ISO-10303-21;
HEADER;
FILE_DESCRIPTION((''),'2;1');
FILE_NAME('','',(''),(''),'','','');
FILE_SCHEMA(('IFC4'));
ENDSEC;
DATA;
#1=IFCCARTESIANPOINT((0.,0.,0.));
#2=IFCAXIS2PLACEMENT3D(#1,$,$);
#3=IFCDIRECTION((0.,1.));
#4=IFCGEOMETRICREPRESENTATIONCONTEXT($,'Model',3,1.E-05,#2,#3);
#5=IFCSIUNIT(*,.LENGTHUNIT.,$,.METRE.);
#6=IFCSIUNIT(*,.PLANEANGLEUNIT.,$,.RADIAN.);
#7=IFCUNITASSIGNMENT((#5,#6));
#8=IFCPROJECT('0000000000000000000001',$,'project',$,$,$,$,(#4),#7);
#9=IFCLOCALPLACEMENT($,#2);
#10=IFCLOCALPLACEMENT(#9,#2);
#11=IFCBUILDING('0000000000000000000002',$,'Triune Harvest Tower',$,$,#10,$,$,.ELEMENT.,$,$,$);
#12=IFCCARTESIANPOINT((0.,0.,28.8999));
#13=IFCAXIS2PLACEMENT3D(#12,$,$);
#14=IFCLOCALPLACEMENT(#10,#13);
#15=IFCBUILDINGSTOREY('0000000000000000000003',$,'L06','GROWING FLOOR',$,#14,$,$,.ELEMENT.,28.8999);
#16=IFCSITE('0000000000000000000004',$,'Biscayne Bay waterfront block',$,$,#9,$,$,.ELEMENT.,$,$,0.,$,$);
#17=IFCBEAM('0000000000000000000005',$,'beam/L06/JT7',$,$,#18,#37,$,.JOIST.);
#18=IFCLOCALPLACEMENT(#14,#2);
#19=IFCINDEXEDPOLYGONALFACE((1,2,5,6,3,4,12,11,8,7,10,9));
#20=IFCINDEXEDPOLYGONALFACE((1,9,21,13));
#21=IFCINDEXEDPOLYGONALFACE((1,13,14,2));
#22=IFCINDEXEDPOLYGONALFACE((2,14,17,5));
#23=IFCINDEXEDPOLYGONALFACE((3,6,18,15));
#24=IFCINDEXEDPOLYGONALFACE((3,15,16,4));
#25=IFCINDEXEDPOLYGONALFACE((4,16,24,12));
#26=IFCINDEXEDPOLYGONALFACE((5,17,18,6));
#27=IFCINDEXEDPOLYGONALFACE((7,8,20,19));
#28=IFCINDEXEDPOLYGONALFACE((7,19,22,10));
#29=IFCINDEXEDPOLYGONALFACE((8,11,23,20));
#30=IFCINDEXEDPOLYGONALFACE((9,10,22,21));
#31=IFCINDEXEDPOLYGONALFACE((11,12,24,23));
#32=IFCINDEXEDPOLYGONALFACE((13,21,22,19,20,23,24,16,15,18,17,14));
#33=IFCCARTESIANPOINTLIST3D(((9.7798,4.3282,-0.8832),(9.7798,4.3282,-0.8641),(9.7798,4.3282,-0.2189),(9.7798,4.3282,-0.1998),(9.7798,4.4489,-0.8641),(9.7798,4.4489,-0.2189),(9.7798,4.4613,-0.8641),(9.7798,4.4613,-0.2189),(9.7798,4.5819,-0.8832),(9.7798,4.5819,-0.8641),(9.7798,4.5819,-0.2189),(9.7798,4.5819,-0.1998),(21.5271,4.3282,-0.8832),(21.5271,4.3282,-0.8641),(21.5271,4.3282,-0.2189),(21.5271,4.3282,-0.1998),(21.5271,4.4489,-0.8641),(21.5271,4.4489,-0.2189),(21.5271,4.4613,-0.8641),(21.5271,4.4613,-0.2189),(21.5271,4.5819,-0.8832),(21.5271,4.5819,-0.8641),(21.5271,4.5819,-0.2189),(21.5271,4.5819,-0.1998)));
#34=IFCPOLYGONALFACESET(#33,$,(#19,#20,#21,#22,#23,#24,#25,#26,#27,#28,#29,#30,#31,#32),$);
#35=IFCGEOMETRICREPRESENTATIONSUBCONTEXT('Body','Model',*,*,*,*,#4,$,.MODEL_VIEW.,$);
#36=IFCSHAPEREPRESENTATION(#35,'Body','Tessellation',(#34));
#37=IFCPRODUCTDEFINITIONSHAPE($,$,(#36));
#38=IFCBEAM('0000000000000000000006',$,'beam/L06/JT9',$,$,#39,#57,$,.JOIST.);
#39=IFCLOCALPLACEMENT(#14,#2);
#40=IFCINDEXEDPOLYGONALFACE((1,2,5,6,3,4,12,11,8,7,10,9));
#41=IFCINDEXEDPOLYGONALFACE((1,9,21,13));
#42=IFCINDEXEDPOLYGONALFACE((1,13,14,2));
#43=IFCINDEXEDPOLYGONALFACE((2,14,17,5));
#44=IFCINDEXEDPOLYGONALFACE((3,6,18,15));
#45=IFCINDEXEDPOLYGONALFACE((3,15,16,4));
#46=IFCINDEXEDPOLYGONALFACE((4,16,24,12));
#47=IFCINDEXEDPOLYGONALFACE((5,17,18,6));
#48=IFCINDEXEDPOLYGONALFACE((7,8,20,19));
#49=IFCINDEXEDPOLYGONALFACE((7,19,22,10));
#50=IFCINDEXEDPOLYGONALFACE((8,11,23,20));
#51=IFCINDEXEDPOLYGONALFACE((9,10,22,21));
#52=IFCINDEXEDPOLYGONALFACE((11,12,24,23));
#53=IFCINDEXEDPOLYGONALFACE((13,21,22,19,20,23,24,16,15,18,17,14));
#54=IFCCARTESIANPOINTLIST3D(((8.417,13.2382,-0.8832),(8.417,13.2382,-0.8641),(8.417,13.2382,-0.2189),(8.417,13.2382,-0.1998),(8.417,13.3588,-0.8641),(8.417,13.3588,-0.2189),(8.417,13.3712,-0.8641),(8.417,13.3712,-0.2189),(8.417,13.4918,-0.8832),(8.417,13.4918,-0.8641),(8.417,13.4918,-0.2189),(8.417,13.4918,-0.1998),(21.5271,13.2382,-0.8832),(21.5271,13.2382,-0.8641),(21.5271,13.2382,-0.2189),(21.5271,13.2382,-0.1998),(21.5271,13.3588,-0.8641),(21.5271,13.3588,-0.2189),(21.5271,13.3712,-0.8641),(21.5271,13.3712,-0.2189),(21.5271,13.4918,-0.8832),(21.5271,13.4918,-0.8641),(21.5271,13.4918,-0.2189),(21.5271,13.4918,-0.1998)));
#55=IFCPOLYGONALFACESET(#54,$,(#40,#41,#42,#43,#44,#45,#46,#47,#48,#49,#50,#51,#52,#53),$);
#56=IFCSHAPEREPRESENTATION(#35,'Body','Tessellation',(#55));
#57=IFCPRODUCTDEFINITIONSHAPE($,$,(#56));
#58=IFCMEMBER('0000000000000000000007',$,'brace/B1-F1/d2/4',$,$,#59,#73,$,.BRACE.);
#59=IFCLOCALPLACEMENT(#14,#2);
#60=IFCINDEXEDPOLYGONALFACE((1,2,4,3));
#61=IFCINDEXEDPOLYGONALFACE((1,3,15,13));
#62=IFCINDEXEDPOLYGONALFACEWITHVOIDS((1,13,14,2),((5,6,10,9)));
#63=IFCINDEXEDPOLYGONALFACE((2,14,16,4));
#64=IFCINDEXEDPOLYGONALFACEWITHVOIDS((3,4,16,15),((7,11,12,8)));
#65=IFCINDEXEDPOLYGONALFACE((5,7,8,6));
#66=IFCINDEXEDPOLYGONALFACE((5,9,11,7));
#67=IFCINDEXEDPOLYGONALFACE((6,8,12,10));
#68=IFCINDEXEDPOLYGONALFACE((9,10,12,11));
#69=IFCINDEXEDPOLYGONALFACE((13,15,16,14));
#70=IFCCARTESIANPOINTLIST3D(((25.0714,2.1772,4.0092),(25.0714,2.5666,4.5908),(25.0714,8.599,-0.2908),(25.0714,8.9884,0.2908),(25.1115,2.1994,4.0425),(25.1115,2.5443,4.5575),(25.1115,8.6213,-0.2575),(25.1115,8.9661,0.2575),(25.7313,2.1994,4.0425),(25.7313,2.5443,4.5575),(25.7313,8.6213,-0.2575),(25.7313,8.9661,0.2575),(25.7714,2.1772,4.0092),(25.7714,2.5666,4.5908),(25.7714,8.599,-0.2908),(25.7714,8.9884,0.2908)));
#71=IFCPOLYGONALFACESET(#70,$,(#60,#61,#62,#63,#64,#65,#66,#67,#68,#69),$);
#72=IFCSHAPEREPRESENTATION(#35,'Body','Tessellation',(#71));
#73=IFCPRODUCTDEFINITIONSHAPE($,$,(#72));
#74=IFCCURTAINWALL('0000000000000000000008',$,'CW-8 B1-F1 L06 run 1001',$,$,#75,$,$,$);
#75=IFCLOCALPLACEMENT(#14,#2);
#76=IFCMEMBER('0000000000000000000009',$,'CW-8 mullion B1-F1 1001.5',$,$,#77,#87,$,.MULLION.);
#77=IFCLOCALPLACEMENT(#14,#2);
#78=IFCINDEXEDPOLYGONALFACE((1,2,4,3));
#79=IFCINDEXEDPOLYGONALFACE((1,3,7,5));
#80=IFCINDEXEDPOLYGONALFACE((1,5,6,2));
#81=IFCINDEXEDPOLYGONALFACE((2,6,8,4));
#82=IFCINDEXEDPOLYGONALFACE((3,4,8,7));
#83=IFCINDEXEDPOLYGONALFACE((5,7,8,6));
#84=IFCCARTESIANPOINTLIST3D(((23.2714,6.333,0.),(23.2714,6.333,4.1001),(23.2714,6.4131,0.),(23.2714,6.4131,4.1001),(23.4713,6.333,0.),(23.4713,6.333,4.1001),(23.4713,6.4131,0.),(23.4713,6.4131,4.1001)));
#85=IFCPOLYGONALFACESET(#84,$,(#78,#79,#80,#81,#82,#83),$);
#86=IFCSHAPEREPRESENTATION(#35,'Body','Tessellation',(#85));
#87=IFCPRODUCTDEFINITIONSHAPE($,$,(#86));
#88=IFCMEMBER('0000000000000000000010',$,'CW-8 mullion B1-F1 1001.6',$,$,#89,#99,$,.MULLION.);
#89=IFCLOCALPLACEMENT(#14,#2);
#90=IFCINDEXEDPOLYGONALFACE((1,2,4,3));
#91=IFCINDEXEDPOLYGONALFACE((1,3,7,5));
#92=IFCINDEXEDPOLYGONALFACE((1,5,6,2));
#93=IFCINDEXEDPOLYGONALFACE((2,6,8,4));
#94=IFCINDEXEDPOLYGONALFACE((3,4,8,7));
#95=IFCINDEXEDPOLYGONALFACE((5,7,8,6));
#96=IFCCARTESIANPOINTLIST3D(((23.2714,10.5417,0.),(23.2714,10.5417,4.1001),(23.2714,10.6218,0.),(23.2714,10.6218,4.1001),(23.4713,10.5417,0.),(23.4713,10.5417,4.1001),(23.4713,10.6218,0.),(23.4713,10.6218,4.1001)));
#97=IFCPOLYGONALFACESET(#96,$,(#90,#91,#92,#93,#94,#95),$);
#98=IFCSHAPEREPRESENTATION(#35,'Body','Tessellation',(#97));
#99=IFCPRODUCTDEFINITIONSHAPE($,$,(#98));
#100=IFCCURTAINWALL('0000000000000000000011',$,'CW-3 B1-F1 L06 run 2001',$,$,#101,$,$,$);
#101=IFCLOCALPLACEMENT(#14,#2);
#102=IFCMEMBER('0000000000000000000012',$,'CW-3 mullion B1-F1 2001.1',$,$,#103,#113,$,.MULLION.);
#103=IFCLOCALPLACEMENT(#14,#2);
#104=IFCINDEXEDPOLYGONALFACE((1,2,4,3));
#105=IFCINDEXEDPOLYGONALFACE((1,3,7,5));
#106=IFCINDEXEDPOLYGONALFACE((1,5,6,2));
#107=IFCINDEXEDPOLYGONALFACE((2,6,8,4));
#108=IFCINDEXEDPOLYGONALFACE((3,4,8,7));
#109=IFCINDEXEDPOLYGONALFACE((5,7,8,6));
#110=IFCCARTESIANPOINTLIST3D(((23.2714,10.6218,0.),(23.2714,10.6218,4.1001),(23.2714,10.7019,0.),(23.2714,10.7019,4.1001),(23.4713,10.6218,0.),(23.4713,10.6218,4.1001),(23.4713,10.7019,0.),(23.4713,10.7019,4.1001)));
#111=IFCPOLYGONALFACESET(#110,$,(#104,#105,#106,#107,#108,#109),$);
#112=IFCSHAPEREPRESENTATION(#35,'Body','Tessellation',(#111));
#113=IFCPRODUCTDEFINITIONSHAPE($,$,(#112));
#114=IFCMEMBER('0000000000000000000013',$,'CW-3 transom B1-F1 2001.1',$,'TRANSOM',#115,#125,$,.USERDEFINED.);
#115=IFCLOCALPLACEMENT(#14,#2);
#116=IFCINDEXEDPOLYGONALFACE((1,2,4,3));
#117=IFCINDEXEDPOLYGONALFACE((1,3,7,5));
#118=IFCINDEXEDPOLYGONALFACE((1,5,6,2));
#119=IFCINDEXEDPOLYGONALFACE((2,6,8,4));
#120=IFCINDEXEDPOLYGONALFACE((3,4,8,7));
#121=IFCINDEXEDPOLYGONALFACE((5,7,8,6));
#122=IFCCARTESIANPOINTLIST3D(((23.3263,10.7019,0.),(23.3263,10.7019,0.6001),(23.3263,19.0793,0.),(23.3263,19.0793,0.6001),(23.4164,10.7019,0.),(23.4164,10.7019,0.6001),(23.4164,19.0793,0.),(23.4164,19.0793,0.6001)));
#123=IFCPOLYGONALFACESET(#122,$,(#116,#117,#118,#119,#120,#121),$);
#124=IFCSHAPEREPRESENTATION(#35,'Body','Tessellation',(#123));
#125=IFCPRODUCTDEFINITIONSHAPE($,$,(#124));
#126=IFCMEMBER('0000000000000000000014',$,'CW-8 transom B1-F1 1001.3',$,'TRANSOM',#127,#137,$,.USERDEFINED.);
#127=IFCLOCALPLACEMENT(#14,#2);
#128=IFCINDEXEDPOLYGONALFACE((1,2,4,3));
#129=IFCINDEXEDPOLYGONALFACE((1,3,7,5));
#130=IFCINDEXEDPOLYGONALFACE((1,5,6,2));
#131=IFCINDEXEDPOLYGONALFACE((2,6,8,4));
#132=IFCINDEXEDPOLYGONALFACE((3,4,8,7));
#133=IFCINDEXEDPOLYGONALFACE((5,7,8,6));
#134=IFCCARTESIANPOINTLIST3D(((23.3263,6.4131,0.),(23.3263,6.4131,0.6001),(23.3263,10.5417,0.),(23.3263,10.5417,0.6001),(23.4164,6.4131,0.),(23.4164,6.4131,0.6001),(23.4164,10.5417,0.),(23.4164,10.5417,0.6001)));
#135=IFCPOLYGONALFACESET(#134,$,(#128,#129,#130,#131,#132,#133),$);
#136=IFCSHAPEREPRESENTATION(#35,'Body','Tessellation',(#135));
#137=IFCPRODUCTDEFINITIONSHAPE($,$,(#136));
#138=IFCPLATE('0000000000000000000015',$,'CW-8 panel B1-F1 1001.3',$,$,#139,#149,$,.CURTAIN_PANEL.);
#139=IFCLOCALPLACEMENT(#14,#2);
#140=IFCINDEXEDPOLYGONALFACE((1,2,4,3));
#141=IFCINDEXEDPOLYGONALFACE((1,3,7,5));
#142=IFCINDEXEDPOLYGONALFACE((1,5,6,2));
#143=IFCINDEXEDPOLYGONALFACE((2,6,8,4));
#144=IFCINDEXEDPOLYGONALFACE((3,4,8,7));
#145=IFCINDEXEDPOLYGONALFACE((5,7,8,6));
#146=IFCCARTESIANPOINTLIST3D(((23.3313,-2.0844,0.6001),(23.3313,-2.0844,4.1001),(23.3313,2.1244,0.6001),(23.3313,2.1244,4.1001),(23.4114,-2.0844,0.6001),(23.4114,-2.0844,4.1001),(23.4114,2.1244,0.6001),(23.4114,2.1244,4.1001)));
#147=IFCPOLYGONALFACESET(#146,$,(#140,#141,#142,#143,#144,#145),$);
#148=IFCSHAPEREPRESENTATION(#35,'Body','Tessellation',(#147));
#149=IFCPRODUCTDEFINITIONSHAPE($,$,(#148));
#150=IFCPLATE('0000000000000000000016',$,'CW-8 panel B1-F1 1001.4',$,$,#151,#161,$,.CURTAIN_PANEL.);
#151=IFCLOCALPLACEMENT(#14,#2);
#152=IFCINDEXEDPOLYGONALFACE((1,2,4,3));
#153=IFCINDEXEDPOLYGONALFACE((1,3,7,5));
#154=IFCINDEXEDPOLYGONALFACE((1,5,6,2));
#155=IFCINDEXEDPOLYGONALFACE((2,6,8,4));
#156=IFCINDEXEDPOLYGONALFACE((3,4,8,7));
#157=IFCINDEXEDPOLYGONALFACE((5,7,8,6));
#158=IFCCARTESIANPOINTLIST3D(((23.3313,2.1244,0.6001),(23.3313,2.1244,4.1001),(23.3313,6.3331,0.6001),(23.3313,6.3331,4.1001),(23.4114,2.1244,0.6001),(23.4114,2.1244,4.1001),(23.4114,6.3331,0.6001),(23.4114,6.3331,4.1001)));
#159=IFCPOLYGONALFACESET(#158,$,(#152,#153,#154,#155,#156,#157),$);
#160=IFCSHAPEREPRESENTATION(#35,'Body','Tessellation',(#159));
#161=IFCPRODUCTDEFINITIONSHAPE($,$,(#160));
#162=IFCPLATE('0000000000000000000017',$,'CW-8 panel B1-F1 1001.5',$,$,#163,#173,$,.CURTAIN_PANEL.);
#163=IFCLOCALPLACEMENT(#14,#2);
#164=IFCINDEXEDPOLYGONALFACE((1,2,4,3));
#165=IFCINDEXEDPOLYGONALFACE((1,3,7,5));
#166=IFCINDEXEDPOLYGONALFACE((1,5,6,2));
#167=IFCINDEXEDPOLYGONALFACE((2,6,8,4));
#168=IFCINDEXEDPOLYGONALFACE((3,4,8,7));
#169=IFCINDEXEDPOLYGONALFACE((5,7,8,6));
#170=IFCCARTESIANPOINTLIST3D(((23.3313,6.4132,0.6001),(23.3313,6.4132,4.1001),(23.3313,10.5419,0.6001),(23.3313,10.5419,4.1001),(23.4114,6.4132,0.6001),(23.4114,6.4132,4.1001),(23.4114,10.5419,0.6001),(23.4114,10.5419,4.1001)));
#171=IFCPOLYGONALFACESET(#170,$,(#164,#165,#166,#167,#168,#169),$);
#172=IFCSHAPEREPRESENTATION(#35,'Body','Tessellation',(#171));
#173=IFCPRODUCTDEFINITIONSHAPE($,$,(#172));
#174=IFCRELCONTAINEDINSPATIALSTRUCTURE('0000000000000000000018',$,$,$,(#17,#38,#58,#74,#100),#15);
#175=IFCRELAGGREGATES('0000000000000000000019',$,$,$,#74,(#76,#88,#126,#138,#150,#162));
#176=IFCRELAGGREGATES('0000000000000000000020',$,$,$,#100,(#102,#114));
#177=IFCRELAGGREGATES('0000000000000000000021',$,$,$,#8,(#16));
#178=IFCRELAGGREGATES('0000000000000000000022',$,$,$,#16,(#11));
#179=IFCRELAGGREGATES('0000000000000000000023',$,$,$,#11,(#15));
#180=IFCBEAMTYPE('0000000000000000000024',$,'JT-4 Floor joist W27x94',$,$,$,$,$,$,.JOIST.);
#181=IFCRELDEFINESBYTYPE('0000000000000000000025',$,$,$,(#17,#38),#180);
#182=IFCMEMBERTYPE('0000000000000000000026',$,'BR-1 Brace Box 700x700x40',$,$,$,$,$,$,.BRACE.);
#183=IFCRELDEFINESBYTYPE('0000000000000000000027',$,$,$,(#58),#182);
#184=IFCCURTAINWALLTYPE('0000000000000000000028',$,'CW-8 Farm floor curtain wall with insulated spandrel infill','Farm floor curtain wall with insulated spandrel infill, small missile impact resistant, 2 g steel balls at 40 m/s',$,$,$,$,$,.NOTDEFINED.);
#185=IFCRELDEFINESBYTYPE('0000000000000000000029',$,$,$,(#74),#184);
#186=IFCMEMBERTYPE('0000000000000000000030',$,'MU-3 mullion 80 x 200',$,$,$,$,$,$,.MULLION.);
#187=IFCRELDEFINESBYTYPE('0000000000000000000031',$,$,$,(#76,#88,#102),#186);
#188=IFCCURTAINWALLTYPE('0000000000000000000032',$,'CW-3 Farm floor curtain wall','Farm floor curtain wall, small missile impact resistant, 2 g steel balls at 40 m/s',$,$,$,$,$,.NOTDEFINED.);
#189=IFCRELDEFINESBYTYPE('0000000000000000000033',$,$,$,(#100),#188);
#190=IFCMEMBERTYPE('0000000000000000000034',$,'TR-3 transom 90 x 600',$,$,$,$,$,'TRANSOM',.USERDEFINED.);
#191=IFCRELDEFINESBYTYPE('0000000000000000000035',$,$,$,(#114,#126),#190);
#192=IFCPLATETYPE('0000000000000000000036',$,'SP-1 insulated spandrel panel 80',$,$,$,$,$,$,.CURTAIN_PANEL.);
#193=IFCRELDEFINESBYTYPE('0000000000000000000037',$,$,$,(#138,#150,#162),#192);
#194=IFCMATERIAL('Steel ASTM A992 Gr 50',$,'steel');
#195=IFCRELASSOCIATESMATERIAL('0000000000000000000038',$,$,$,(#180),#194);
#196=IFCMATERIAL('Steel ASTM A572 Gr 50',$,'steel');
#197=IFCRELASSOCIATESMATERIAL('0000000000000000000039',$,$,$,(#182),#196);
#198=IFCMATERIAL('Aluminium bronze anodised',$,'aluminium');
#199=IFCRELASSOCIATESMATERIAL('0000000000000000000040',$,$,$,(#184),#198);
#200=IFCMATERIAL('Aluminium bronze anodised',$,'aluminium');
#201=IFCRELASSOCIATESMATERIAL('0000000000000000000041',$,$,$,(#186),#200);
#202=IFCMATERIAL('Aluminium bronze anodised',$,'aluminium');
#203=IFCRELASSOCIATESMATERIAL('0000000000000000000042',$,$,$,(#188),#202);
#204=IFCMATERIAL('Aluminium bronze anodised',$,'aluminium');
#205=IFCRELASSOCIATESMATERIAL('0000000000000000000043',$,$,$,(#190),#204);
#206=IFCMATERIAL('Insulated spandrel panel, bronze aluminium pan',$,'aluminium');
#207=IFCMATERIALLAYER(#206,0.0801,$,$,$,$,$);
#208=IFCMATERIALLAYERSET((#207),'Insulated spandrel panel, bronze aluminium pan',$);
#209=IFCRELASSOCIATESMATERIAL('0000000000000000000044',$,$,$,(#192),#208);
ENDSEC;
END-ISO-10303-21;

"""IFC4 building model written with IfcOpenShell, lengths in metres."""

from ifc_helpers import new_model, si_unit, direction, frame, origin, origin_2d, place, context, subcontext, project, spatial, rectangle, hollow_rectangle, i_section, extrude, source, transform, mapped, material, layer, layer_set, material_profile, profile_set, type_object, element, aggregate, save


model = new_model("IFC4")

# Units and contexts
model_context = context("Model", 3, precision=1e-05, world=origin(), true_north=direction((0.0, 1.0)))
body_context = subcontext(model_context, "Body", "Model", "MODEL_VIEW")
ifc_project = project(units=[si_unit("LENGTHUNIT", "METRE"), si_unit("PLANEANGLEUNIT", "RADIAN")], contexts=[model_context])

# Site, building, storey
site_placement = place(None, origin())
site = spatial("IfcSite", under=ifc_project, at=site_placement, Name="Biscayne Bay waterfront block", CompositionType="ELEMENT", RefElevation=0.0)
building_placement = place(site_placement, origin())
building = spatial("IfcBuilding", under=site, at=building_placement, Name="Triune Harvest Tower", CompositionType="ELEMENT")
storey_placement = place(building_placement, frame((0.0, 0.0, 28.8999)))
storey = spatial("IfcBuildingStorey", under=building, at=storey_placement, Name="L06", Description="GROWING FLOOR", CompositionType="ELEMENT", Elevation=28.8999)

# Beams
ifc_material_1 = material(Name="Steel ASTM A992 Gr 50", Category="steel")
ifc_material_profile_1 = material_profile(ifc_material_1, i_section(OverallWidth=0.2537, OverallDepth=0.6833, WebThickness=0.0125, FlangeThickness=0.019, at=origin_2d()), Name="W27x94")
ifc_profile_set_1 = profile_set([ifc_material_profile_1], Name="Steel ASTM A992 Gr 50")
beam_type_1 = type_object("IfcBeamType", Name="JT-4 Floor joist W27x94", PredefinedType="JOIST", material=ifc_profile_set_1)
shared_shape_1 = source(origin(), body_context, "Body", "SweptSolid", [
    extrude(i_section(OverallWidth=0.2537, OverallDepth=0.6833, WebThickness=0.0125, FlangeThickness=0.019, at=origin_2d()), origin(), (0.0, 0.0, 1.0), 11.7473),
])
beam_1_placement = place(storey_placement, frame((21.5271, 4.4551, -0.5415), z_axis=(-1.0, 0.0, 0.0), x_axis=(0.0, -1.0, 0.0)))
element("IfcBeam", 1, at=beam_1_placement, inside=storey, type_object=beam_type_1, Name="beam/L06/JT7", PredefinedType="JOIST", context=body_context, shape_type="MappedRepresentation", body=[
    mapped(shared_shape_1, transform((0.0, 0.0, 0.0), scale=1.0)),
])
shared_shape_2 = source(origin(), body_context, "Body", "SweptSolid", [
    extrude(i_section(OverallWidth=0.2537, OverallDepth=0.6833, WebThickness=0.0125, FlangeThickness=0.019, at=origin_2d()), origin(), (0.0, 0.0, 1.0), 13.1101),
])
beam_2_placement = place(storey_placement, frame((21.5271, 13.365, -0.5415), z_axis=(-1.0, 0.0, 0.0), x_axis=(0.0, -1.0, 0.0)))
element("IfcBeam", 2, at=beam_2_placement, inside=storey, type_object=beam_type_1, Name="beam/L06/JT9", PredefinedType="JOIST", context=body_context, shape_type="MappedRepresentation", body=[
    mapped(shared_shape_2, transform((0.0, 0.0, 0.0), scale=1.0)),
])

# Member
ifc_material_2 = material(Name="Steel ASTM A572 Gr 50", Category="steel")
ifc_material_profile_2 = material_profile(ifc_material_2, hollow_rectangle(XDim=0.7, YDim=0.7, WallThickness=0.04, at=origin_2d()), Name="Box 700x700x40")
ifc_profile_set_2 = profile_set([ifc_material_profile_2], Name="Steel ASTM A572 Gr 50")
member_type_1 = type_object("IfcMemberType", Name="BR-1 Brace Box 700x700x40", PredefinedType="BRACE", material=ifc_profile_set_2)
shared_shape_3 = source(origin(), body_context, "Body", "SweptSolid", [
    extrude(hollow_rectangle(XDim=0.7, YDim=0.7, WallThickness=0.04, at=origin_2d()), origin(), (0.0, 0.0, 1.0), 7.7285),
])
member_1_placement = place(storey_placement, frame((25.4214, 8.7937, 0.0), z_axis=(0.0, -0.830926, 0.556383), x_axis=(1.0, 0.0, 0.0)))
element("IfcMember", 3, at=member_1_placement, inside=storey, type_object=member_type_1, Name="brace/B1-F1/d2/4", PredefinedType="BRACE", context=body_context, shape_type="MappedRepresentation", body=[
    mapped(shared_shape_3, transform((0.0, 0.0, 0.0), scale=1.0)),
])

# Curtain walls, members
ifc_material_3 = material(Name="Aluminium bronze anodised", Category="aluminium")
curtain_wall_type_1 = type_object("IfcCurtainWallType", Name="CW-8 Farm floor curtain wall with insulated spandrel infill", Description="Farm floor curtain wall with insulated spandrel infill, small missile impact resistant, 2 g steel balls at 40 m/s", PredefinedType="NOTDEFINED", material=ifc_material_3)
curtain_wall_1_placement = place(storey_placement, origin())
curtain_wall_1 = element("IfcCurtainWall", 4, at=curtain_wall_1_placement, inside=storey, type_object=curtain_wall_type_1, Name="CW-8 B1-F1 L06 run 1001")
ifc_material_4 = material(Name="Aluminium bronze anodised", Category="aluminium")
ifc_material_profile_3 = material_profile(ifc_material_4, rectangle(XDim=0.2, YDim=0.0801, at=origin_2d()), Name="MU-3 mullion 80 x 200")
ifc_profile_set_3 = profile_set([ifc_material_profile_3], Name="Aluminium bronze anodised")
member_type_2 = type_object("IfcMemberType", Name="MU-3 mullion 80 x 200", PredefinedType="MULLION", material=ifc_profile_set_3)
shared_shape_4 = source(origin(), body_context, "Body", "SweptSolid", [
    extrude(rectangle(XDim=0.2, YDim=0.0801, at=origin_2d()), origin(), (0.0, 0.0, 1.0), 4.1001),
])
member_2_placement = place(storey_placement, frame((23.3713, 6.373, 0.0), z_axis=(0.0, 0.0, 1.0), x_axis=(-1.0, 0.0, 0.0)))
member_2 = element("IfcMember", 5, at=member_2_placement, type_object=member_type_2, Name="CW-8 mullion B1-F1 1001.5", PredefinedType="MULLION", context=body_context, shape_type="MappedRepresentation", body=[
    mapped(shared_shape_4, transform((0.0, 0.0, 0.0), scale=1.0)),
])
member_3_placement = place(storey_placement, frame((23.3713, 10.5818, 0.0), z_axis=(0.0, 0.0, 1.0), x_axis=(-1.0, 0.0, 0.0)))
member_3 = element("IfcMember", 6, at=member_3_placement, type_object=member_type_2, Name="CW-8 mullion B1-F1 1001.6", PredefinedType="MULLION", context=body_context, shape_type="MappedRepresentation", body=[
    mapped(shared_shape_4, transform((0.0, 0.0, 0.0), scale=1.0)),
])
ifc_material_5 = material(Name="Aluminium bronze anodised", Category="aluminium")
curtain_wall_type_2 = type_object("IfcCurtainWallType", Name="CW-3 Farm floor curtain wall", Description="Farm floor curtain wall, small missile impact resistant, 2 g steel balls at 40 m/s", PredefinedType="NOTDEFINED", material=ifc_material_5)
curtain_wall_2_placement = place(storey_placement, origin())
curtain_wall_2 = element("IfcCurtainWall", 7, at=curtain_wall_2_placement, inside=storey, type_object=curtain_wall_type_2, Name="CW-3 B1-F1 L06 run 2001")
member_4_placement = place(storey_placement, frame((23.3713, 10.6619, 0.0), z_axis=(0.0, 0.0, 1.0), x_axis=(-1.0, 0.0, 0.0)))
member_4 = element("IfcMember", 8, at=member_4_placement, type_object=member_type_2, Name="CW-3 mullion B1-F1 2001.1", PredefinedType="MULLION", context=body_context, shape_type="MappedRepresentation", body=[
    mapped(shared_shape_4, transform((0.0, 0.0, 0.0), scale=1.0)),
])
ifc_material_6 = material(Name="Aluminium bronze anodised", Category="aluminium")
ifc_material_profile_4 = material_profile(ifc_material_6, rectangle(XDim=0.0901, YDim=0.6001, at=origin_2d()), Name="TR-3 transom 90 x 600")
ifc_profile_set_4 = profile_set([ifc_material_profile_4], Name="Aluminium bronze anodised")
member_type_3 = type_object("IfcMemberType", Name="TR-3 transom 90 x 600", ElementType="TRANSOM", PredefinedType="USERDEFINED", material=ifc_profile_set_4)
shared_shape_5 = source(origin(), body_context, "Body", "SweptSolid", [
    extrude(rectangle(XDim=0.0901, YDim=0.6001, at=origin_2d()), origin(), (0.0, 0.0, 1.0), 8.3774),
])
member_5_placement = place(storey_placement, frame((23.3713, 10.7019, 0.3), z_axis=(0.0, 1.0, 0.0), x_axis=(-1.0, 0.0, 0.0)))
member_5 = element("IfcMember", 9, at=member_5_placement, type_object=member_type_3, Name="CW-3 transom B1-F1 2001.1", ObjectType="TRANSOM", PredefinedType="USERDEFINED", context=body_context, shape_type="MappedRepresentation", body=[
    mapped(shared_shape_5, transform((0.0, 0.0, 0.0), scale=1.0)),
])

# Member
shared_shape_6 = source(origin(), body_context, "Body", "SweptSolid", [
    extrude(rectangle(XDim=0.0901, YDim=0.6001, at=origin_2d()), origin(), (0.0, 0.0, 1.0), 4.1287),
])
member_6_placement = place(storey_placement, frame((23.3713, 6.4131, 0.3), z_axis=(0.0, 1.0, 0.0), x_axis=(-1.0, 0.0, 0.0)))
member_6 = element("IfcMember", 10, at=member_6_placement, type_object=member_type_3, Name="CW-8 transom B1-F1 1001.3", ObjectType="TRANSOM", PredefinedType="USERDEFINED", context=body_context, shape_type="MappedRepresentation", body=[
    mapped(shared_shape_6, transform((0.0, 0.0, 0.0), scale=1.0)),
])

# Plates
ifc_material_7 = material(Name="Insulated spandrel panel, bronze aluminium pan", Category="aluminium")
ifc_layer_1 = layer(ifc_material_7, 0.0801)
ifc_layer_set_1 = layer_set([ifc_layer_1], Name="Insulated spandrel panel, bronze aluminium pan")
plate_type_1 = type_object("IfcPlateType", Name="SP-1 insulated spandrel panel 80", PredefinedType="CURTAIN_PANEL", material=ifc_layer_set_1)
shared_shape_7 = source(origin(), body_context, "Body", "SweptSolid", [
    extrude(rectangle(XDim=4.2087, YDim=0.0801, at=origin_2d()), origin(), (0.0, 0.0, 1.0), 3.5),
])
plate_1_placement = place(storey_placement, frame((23.3713, 0.02, 0.6001), z_axis=(0.0, 0.0, 1.0), x_axis=(0.0, 1.0, 0.0)))
plate_1 = element("IfcPlate", 11, at=plate_1_placement, type_object=plate_type_1, Name="CW-8 panel B1-F1 1001.3", PredefinedType="CURTAIN_PANEL", context=body_context, shape_type="MappedRepresentation", body=[
    mapped(shared_shape_7, transform((0.0, 0.0, 0.0), scale=1.0)),
])
plate_2_placement = place(storey_placement, frame((23.3713, 4.2288, 0.6001), z_axis=(0.0, 0.0, 1.0), x_axis=(0.0, 1.0, 0.0)))
plate_2 = element("IfcPlate", 12, at=plate_2_placement, type_object=plate_type_1, Name="CW-8 panel B1-F1 1001.4", PredefinedType="CURTAIN_PANEL", context=body_context, shape_type="MappedRepresentation", body=[
    mapped(shared_shape_7, transform((0.0, 0.0, 0.0), scale=1.0)),
])
shared_shape_8 = source(origin(), body_context, "Body", "SweptSolid", [
    extrude(rectangle(XDim=4.1287, YDim=0.0801, at=origin_2d()), origin(), (0.0, 0.0, 1.0), 3.5),
])
plate_3_placement = place(storey_placement, frame((23.3713, 8.4775, 0.6001), z_axis=(0.0, 0.0, 1.0), x_axis=(0.0, 1.0, 0.0)))
plate_3 = element("IfcPlate", 13, at=plate_3_placement, type_object=plate_type_1, Name="CW-8 panel B1-F1 1001.5", PredefinedType="CURTAIN_PANEL", context=body_context, shape_type="MappedRepresentation", body=[
    mapped(shared_shape_8, transform((0.0, 0.0, 0.0), scale=1.0)),
])
aggregate(curtain_wall_1, [member_2, member_3, member_6, plate_1, plate_2, plate_3])
aggregate(curtain_wall_2, [member_4, member_5])

save(model, "model.ifc")
